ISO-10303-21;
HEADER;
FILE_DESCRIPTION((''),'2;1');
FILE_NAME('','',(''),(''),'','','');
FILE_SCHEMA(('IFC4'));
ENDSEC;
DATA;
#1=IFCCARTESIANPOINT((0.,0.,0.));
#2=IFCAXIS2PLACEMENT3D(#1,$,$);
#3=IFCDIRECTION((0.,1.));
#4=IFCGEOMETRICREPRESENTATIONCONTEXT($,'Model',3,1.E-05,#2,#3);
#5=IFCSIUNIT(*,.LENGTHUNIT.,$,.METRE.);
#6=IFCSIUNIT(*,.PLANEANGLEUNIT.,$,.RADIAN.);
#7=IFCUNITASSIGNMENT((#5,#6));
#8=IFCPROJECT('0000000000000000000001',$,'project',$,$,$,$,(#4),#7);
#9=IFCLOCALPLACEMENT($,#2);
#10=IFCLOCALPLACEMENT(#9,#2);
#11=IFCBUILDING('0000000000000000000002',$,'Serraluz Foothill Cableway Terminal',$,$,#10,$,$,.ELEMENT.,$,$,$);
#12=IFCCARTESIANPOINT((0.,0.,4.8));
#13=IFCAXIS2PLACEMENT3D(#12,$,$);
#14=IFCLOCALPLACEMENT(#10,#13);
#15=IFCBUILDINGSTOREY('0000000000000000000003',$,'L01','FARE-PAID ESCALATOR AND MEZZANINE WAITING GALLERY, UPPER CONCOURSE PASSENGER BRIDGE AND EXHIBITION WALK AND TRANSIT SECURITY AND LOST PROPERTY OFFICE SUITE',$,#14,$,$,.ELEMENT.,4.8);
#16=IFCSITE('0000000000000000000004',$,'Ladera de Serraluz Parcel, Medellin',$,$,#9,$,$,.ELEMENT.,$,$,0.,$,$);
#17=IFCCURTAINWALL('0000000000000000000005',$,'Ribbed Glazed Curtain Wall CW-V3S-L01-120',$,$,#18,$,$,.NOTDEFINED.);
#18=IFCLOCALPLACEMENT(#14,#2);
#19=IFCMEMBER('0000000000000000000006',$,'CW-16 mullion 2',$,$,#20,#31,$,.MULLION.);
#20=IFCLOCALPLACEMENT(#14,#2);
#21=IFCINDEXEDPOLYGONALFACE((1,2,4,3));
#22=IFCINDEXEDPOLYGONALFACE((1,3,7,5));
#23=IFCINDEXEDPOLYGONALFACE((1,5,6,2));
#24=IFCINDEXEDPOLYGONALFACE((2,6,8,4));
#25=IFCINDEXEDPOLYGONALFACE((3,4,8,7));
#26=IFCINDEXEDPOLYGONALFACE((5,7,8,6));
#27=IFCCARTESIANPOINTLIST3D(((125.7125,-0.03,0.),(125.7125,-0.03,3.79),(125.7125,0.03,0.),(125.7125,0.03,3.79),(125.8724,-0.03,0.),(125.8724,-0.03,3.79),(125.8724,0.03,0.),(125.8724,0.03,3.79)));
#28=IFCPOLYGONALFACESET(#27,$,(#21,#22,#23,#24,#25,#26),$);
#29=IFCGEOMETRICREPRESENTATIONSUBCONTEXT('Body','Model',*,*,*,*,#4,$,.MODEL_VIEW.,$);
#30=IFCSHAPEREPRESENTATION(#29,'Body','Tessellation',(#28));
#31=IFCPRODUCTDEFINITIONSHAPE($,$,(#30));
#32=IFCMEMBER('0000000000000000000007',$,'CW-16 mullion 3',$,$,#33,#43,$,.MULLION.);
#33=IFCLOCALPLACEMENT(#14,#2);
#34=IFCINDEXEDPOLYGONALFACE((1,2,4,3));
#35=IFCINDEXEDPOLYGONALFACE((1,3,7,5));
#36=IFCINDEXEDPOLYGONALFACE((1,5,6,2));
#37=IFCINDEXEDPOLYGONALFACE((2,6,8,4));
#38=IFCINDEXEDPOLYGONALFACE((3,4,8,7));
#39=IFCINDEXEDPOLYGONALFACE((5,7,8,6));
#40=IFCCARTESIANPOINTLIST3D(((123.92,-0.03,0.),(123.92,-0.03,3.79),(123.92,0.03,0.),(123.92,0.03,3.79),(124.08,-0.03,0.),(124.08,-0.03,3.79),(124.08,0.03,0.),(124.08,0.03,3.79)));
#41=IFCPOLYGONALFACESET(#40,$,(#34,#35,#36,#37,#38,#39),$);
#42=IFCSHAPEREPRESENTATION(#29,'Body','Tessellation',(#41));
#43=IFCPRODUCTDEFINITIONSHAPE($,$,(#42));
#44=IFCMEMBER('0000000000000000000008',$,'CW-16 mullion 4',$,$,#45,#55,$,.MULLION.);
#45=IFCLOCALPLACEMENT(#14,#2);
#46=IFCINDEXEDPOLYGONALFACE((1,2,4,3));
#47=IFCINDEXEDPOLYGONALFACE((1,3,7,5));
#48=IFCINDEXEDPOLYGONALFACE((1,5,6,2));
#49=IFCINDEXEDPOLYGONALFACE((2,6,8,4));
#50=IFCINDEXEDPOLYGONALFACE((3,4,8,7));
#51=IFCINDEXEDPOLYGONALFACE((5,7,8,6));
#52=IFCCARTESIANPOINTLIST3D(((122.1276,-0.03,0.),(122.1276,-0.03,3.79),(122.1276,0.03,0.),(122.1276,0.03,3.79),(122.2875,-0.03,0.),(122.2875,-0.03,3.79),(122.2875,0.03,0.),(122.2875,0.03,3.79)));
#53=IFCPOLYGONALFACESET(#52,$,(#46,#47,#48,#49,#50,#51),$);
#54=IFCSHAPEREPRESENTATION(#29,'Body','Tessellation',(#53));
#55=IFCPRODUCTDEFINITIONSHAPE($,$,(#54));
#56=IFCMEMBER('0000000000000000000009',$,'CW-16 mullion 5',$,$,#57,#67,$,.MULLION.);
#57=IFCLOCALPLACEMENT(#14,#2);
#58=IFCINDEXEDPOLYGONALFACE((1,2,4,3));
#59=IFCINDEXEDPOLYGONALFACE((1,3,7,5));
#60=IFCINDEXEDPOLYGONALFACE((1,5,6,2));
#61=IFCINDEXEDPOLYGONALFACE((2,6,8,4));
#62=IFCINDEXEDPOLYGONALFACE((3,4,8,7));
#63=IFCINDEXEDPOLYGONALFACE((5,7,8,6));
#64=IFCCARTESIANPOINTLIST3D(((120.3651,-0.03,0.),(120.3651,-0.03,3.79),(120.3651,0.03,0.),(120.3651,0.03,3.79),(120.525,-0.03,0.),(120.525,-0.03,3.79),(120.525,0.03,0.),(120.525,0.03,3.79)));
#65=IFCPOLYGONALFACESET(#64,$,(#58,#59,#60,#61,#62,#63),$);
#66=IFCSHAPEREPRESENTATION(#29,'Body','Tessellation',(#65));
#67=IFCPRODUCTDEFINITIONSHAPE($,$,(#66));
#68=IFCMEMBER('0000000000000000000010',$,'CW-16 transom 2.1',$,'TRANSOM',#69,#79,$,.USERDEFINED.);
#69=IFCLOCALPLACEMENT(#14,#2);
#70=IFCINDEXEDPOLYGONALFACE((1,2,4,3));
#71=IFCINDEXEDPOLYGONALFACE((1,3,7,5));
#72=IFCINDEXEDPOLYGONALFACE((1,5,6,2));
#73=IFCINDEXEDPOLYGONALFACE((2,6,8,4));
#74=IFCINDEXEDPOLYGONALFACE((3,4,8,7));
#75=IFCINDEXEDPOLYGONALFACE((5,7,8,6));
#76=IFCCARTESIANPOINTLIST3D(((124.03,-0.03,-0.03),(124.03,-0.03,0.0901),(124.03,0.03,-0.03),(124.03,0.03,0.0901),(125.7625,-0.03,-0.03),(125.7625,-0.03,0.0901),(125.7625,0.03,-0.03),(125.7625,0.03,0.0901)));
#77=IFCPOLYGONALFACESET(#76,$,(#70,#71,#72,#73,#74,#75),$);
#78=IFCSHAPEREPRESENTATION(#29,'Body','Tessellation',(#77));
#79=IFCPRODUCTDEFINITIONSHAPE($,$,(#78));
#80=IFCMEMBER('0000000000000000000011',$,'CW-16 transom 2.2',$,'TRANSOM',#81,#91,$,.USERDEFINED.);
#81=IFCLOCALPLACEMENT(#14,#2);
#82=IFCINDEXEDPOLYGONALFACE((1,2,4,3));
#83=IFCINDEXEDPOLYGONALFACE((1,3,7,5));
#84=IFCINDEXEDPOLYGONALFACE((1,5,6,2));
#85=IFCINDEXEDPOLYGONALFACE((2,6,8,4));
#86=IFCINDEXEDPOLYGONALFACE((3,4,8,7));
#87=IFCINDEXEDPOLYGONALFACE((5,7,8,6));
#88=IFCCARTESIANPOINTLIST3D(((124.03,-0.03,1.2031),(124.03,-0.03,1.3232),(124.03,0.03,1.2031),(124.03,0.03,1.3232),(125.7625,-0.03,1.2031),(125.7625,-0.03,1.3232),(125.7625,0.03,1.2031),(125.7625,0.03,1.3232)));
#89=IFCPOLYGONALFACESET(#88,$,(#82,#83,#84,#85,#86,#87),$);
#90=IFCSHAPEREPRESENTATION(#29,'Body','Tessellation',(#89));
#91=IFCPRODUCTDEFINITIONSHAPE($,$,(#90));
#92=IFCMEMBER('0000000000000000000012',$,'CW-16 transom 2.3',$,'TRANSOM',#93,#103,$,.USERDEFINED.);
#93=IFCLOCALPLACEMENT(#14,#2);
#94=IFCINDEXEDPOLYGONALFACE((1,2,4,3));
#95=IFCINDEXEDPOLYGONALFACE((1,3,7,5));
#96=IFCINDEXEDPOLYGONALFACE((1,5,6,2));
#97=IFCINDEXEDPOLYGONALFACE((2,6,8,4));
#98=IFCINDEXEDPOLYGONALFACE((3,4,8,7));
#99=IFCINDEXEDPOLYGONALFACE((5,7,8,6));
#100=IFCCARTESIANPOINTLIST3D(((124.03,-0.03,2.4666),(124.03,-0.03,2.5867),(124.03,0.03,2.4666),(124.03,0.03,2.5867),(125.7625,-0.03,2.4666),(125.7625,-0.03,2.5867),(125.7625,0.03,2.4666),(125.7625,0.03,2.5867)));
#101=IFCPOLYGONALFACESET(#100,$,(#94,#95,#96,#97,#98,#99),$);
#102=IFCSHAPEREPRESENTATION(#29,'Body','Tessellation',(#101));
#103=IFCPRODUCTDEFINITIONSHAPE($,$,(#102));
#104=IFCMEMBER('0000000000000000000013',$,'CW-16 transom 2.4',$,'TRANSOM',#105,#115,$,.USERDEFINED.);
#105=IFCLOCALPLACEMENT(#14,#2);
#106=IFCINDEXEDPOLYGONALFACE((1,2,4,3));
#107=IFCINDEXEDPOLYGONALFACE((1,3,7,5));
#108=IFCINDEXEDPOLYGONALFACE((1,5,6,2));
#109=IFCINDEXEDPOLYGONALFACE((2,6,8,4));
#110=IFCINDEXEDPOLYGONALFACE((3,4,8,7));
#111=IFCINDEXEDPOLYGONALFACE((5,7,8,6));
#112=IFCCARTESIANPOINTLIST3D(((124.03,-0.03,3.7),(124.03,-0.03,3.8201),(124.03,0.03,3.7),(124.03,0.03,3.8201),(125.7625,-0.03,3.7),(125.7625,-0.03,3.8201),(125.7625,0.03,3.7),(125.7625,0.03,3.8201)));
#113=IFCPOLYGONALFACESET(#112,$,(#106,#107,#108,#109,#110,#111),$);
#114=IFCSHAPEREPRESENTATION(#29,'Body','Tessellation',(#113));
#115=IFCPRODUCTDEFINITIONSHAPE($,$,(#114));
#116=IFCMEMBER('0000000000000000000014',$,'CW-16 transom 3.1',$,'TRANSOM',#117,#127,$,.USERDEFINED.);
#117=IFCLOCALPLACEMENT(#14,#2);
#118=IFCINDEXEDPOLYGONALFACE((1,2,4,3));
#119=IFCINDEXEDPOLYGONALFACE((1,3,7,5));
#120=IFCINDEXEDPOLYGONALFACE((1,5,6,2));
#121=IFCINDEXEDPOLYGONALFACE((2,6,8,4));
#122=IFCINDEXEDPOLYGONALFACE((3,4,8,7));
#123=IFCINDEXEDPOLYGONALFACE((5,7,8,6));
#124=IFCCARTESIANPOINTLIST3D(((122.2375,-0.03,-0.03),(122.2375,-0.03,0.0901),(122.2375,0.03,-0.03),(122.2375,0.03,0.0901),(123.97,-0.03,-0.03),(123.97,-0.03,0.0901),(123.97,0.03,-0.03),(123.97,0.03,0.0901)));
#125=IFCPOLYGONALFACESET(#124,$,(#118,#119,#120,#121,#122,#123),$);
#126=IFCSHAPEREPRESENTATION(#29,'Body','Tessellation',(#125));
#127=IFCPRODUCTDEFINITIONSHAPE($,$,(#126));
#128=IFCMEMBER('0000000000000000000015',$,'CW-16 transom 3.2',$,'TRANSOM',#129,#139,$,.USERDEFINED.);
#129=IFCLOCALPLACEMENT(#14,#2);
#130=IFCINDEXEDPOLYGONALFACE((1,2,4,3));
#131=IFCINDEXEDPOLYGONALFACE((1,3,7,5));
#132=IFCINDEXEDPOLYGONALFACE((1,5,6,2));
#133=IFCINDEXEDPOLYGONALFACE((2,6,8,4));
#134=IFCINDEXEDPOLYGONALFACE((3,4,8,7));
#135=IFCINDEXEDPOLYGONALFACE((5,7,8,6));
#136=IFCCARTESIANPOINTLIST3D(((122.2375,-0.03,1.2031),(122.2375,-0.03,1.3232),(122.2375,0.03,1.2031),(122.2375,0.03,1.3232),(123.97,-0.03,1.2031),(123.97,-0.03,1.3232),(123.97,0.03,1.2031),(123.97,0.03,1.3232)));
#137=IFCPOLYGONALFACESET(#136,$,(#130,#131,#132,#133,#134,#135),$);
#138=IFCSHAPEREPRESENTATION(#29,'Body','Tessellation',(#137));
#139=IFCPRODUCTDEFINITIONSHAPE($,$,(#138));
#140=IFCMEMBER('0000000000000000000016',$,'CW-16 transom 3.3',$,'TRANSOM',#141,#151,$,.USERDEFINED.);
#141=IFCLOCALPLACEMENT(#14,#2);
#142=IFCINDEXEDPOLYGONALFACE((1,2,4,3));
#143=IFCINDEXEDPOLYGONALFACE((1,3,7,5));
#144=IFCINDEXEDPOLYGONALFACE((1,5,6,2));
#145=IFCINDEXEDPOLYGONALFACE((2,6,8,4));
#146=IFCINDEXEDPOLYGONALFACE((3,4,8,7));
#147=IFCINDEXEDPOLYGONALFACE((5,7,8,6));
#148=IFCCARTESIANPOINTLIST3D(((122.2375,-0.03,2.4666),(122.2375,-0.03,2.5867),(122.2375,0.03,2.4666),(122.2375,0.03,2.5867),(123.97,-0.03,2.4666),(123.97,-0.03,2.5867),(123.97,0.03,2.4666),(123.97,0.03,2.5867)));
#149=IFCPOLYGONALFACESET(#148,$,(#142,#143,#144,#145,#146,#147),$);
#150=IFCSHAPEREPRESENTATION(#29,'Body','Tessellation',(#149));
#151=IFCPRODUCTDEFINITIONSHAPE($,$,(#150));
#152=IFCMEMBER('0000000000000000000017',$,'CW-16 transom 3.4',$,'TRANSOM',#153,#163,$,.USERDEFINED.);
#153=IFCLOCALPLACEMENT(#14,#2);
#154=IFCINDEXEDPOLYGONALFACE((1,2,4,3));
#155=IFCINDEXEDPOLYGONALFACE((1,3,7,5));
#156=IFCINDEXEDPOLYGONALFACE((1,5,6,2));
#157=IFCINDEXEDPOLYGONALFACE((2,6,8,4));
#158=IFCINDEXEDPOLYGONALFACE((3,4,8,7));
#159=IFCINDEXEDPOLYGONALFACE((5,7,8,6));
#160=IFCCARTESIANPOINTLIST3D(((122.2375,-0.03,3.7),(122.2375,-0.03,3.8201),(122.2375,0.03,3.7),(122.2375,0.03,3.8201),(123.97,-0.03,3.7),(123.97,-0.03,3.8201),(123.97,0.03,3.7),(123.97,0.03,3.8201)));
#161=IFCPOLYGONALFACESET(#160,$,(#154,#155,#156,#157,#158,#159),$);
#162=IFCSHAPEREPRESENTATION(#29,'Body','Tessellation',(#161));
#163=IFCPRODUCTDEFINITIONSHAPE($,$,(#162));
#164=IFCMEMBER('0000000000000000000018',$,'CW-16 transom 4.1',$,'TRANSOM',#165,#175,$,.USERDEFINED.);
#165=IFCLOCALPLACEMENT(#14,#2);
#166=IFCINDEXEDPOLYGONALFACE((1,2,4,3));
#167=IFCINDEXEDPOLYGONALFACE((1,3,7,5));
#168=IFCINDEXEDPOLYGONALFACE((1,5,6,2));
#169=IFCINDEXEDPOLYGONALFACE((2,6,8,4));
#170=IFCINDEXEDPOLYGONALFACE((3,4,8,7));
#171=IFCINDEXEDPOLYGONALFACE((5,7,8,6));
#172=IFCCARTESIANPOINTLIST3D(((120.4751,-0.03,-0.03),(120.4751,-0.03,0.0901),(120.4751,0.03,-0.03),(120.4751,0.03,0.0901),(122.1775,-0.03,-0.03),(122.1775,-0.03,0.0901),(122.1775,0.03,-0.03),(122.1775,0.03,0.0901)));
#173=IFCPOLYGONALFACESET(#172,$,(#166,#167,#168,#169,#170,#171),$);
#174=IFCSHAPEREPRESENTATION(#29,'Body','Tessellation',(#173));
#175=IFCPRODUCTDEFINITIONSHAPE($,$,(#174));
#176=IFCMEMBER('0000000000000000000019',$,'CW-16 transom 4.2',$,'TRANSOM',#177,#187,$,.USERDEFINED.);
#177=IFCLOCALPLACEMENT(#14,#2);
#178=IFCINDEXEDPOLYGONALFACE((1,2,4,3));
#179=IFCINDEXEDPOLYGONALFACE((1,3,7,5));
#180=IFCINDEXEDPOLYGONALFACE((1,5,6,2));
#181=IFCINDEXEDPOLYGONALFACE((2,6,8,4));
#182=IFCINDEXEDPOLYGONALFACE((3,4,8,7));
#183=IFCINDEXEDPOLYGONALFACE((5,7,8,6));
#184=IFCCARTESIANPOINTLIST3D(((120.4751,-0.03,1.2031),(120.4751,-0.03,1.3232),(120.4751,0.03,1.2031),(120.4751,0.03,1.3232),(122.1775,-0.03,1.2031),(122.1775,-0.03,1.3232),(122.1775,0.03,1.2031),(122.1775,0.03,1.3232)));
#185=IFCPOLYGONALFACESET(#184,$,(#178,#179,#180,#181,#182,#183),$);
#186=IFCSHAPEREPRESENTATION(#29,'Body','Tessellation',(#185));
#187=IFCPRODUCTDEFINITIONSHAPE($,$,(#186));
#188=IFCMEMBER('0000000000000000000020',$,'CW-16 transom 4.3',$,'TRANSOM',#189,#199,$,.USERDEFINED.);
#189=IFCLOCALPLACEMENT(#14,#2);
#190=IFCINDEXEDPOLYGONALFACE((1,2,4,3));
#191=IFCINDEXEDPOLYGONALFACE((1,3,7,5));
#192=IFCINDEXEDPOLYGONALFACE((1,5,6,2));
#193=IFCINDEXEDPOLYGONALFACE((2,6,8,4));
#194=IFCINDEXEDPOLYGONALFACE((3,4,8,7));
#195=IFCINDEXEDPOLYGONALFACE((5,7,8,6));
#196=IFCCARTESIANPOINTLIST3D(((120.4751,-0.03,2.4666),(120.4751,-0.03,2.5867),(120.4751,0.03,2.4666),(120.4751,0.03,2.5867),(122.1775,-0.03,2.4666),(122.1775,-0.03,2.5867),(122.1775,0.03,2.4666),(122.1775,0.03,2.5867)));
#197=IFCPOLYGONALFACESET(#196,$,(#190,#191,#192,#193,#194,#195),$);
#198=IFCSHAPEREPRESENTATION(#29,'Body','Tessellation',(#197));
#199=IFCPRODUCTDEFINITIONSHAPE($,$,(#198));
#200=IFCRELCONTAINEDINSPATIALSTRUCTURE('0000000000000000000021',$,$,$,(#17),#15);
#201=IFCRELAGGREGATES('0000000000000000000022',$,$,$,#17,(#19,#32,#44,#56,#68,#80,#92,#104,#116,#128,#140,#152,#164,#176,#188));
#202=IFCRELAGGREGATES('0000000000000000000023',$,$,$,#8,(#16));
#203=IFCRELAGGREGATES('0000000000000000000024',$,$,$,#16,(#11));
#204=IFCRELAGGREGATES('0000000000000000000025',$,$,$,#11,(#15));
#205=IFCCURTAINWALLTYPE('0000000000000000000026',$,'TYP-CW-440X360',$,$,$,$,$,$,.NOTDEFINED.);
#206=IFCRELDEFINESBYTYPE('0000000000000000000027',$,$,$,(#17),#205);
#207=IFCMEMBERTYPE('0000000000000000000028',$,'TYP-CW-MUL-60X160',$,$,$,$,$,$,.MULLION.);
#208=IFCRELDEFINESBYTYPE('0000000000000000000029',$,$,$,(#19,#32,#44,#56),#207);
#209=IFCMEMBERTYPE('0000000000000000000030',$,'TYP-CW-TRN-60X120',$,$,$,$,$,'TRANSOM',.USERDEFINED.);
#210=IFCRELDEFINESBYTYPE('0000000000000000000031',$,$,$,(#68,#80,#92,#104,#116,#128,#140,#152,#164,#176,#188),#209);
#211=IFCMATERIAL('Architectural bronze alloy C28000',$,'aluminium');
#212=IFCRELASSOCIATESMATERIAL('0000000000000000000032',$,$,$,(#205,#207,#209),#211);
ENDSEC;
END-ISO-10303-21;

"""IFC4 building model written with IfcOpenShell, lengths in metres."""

from ifc_helpers import new_model, si_unit, direction, frame, origin, origin_2d, place, context, subcontext, project, spatial, rectangle, extrude, material, material_profile, profile_set, type_object, element, aggregate, save


model = new_model("IFC4")

# Units and contexts
model_context = context("Model", 3, precision=1e-05, world=origin(), true_north=direction((0.0, 1.0)))
body_context = subcontext(model_context, "Body", "Model", "MODEL_VIEW")
ifc_project = project(units=[si_unit("LENGTHUNIT", "METRE"), si_unit("PLANEANGLEUNIT", "RADIAN")], contexts=[model_context])

# Site, building, storey
site_placement = place(None, origin())
site = spatial("IfcSite", under=ifc_project, at=site_placement, Name="Ladera de Serraluz Parcel, Medellin", CompositionType="ELEMENT", RefElevation=0.0)
building_placement = place(site_placement, origin())
building = spatial("IfcBuilding", under=site, at=building_placement, Name="Serraluz Foothill Cableway Terminal", CompositionType="ELEMENT")
storey_placement = place(building_placement, frame((0.0, 0.0, 4.8)))
storey = spatial("IfcBuildingStorey", under=building, at=storey_placement, Name="L01", Description="FARE-PAID ESCALATOR AND MEZZANINE WAITING GALLERY, UPPER CONCOURSE PASSENGER BRIDGE AND EXHIBITION WALK AND TRANSIT SECURITY AND LOST PROPERTY OFFICE SUITE", CompositionType="ELEMENT", Elevation=4.8)

# Curtain wall, members
ifc_material_1 = material(Name="Architectural bronze alloy C28000", Category="aluminium")
curtain_wall_type = type_object("IfcCurtainWallType", Name="TYP-CW-440X360", PredefinedType="NOTDEFINED", material=ifc_material_1)
curtain_wall_placement = place(storey_placement, origin())
curtain_wall = element("IfcCurtainWall", 1, at=curtain_wall_placement, inside=storey, type_object=curtain_wall_type, Name="Ribbed Glazed Curtain Wall CW-V3S-L01-120", PredefinedType="NOTDEFINED")
ifc_material_profile_1 = material_profile(ifc_material_1, rectangle(XDim=0.0601, YDim=0.1599, at=origin_2d()), Name="ALU MULLION 60x160")
ifc_profile_set_1 = profile_set([ifc_material_profile_1], Name="Architectural bronze alloy C28000")
member_type_1 = type_object("IfcMemberType", Name="TYP-CW-MUL-60X160", PredefinedType="MULLION", material=ifc_profile_set_1)
member_1_placement = place(storey_placement, frame((125.7925, 0.0, 0.0), z_axis=(0.0, 0.0, 1.0), x_axis=(0.0, -1.0, 0.0)))
member_1 = element("IfcMember", 2, at=member_1_placement, type_object=member_type_1, Name="CW-16 mullion 2", PredefinedType="MULLION", context=body_context, shape_type="SweptSolid", body=[
    extrude(rectangle(XDim=0.0601, YDim=0.1599, at=origin_2d()), origin(), (0.0, 0.0, 1.0), 3.79),
])
member_2_placement = place(storey_placement, frame((124.0, 0.0, 0.0), z_axis=(0.0, 0.0, 1.0), x_axis=(0.0, -1.0, 0.0)))
member_2 = element("IfcMember", 3, at=member_2_placement, type_object=member_type_1, Name="CW-16 mullion 3", PredefinedType="MULLION", context=body_context, shape_type="SweptSolid", body=[
    extrude(rectangle(XDim=0.0601, YDim=0.1599, at=origin_2d()), origin(), (0.0, 0.0, 1.0), 3.79),
])
member_3_placement = place(storey_placement, frame((122.2075, 0.0, 0.0), z_axis=(0.0, 0.0, 1.0), x_axis=(0.0, -1.0, 0.0)))
member_3 = element("IfcMember", 4, at=member_3_placement, type_object=member_type_1, Name="CW-16 mullion 4", PredefinedType="MULLION", context=body_context, shape_type="SweptSolid", body=[
    extrude(rectangle(XDim=0.0601, YDim=0.1599, at=origin_2d()), origin(), (0.0, 0.0, 1.0), 3.79),
])
member_4_placement = place(storey_placement, frame((120.4451, 0.0, 0.0), z_axis=(0.0, 0.0, 1.0), x_axis=(0.0, -1.0, 0.0)))
member_4 = element("IfcMember", 5, at=member_4_placement, type_object=member_type_1, Name="CW-16 mullion 5", PredefinedType="MULLION", context=body_context, shape_type="SweptSolid", body=[
    extrude(rectangle(XDim=0.0601, YDim=0.1599, at=origin_2d()), origin(), (0.0, 0.0, 1.0), 3.79),
])
ifc_material_profile_2 = material_profile(ifc_material_1, rectangle(XDim=0.0601, YDim=0.1201, at=origin_2d()), Name="ALU TRANSOM 60x120")
ifc_profile_set_2 = profile_set([ifc_material_profile_2], Name="Architectural bronze alloy C28000")
member_type_2 = type_object("IfcMemberType", Name="TYP-CW-TRN-60X120", ElementType="TRANSOM", PredefinedType="USERDEFINED", material=ifc_profile_set_2)
member_5_placement = place(storey_placement, frame((125.7625, 0.0, 0.03), z_axis=(-1.0, 0.0, 0.0), x_axis=(0.0, -1.0, 0.0)))
member_5 = element("IfcMember", 6, at=member_5_placement, type_object=member_type_2, Name="CW-16 transom 2.1", ObjectType="TRANSOM", PredefinedType="USERDEFINED", context=body_context, shape_type="SweptSolid", body=[
    extrude(rectangle(XDim=0.0601, YDim=0.1201, at=origin_2d()), origin(), (0.0, 0.0, 1.0), 1.7324),
])
member_6_placement = place(storey_placement, frame((125.7625, 0.0, 1.2632), z_axis=(-1.0, 0.0, 0.0), x_axis=(0.0, -1.0, 0.0)))
member_6 = element("IfcMember", 7, at=member_6_placement, type_object=member_type_2, Name="CW-16 transom 2.2", ObjectType="TRANSOM", PredefinedType="USERDEFINED", context=body_context, shape_type="SweptSolid", body=[
    extrude(rectangle(XDim=0.0601, YDim=0.1201, at=origin_2d()), origin(), (0.0, 0.0, 1.0), 1.7324),
])
member_7_placement = place(storey_placement, frame((125.7625, 0.0, 2.5266), z_axis=(-1.0, 0.0, 0.0), x_axis=(0.0, -1.0, 0.0)))
member_7 = element("IfcMember", 8, at=member_7_placement, type_object=member_type_2, Name="CW-16 transom 2.3", ObjectType="TRANSOM", PredefinedType="USERDEFINED", context=body_context, shape_type="SweptSolid", body=[
    extrude(rectangle(XDim=0.0601, YDim=0.1201, at=origin_2d()), origin(), (0.0, 0.0, 1.0), 1.7324),
])
member_8_placement = place(storey_placement, frame((125.7625, 0.0, 3.76), z_axis=(-1.0, 0.0, 0.0), x_axis=(0.0, -1.0, 0.0)))
member_8 = element("IfcMember", 9, at=member_8_placement, type_object=member_type_2, Name="CW-16 transom 2.4", ObjectType="TRANSOM", PredefinedType="USERDEFINED", context=body_context, shape_type="SweptSolid", body=[
    extrude(rectangle(XDim=0.0601, YDim=0.1201, at=origin_2d()), origin(), (0.0, 0.0, 1.0), 1.7324),
])
member_9_placement = place(storey_placement, frame((123.97, 0.0, 0.03), z_axis=(-1.0, 0.0, 0.0), x_axis=(0.0, -1.0, 0.0)))
member_9 = element("IfcMember", 10, at=member_9_placement, type_object=member_type_2, Name="CW-16 transom 3.1", ObjectType="TRANSOM", PredefinedType="USERDEFINED", context=body_context, shape_type="SweptSolid", body=[
    extrude(rectangle(XDim=0.0601, YDim=0.1201, at=origin_2d()), origin(), (0.0, 0.0, 1.0), 1.7324),
])
member_10_placement = place(storey_placement, frame((123.97, 0.0, 1.2632), z_axis=(-1.0, 0.0, 0.0), x_axis=(0.0, -1.0, 0.0)))
member_10 = element("IfcMember", 11, at=member_10_placement, type_object=member_type_2, Name="CW-16 transom 3.2", ObjectType="TRANSOM", PredefinedType="USERDEFINED", context=body_context, shape_type="SweptSolid", body=[
    extrude(rectangle(XDim=0.0601, YDim=0.1201, at=origin_2d()), origin(), (0.0, 0.0, 1.0), 1.7324),
])
member_11_placement = place(storey_placement, frame((123.97, 0.0, 2.5266), z_axis=(-1.0, 0.0, 0.0), x_axis=(0.0, -1.0, 0.0)))
member_11 = element("IfcMember", 12, at=member_11_placement, type_object=member_type_2, Name="CW-16 transom 3.3", ObjectType="TRANSOM", PredefinedType="USERDEFINED", context=body_context, shape_type="SweptSolid", body=[
    extrude(rectangle(XDim=0.0601, YDim=0.1201, at=origin_2d()), origin(), (0.0, 0.0, 1.0), 1.7324),
])
member_12_placement = place(storey_placement, frame((123.97, 0.0, 3.76), z_axis=(-1.0, 0.0, 0.0), x_axis=(0.0, -1.0, 0.0)))
member_12 = element("IfcMember", 13, at=member_12_placement, type_object=member_type_2, Name="CW-16 transom 3.4", ObjectType="TRANSOM", PredefinedType="USERDEFINED", context=body_context, shape_type="SweptSolid", body=[
    extrude(rectangle(XDim=0.0601, YDim=0.1201, at=origin_2d()), origin(), (0.0, 0.0, 1.0), 1.7324),
])
member_13_placement = place(storey_placement, frame((122.1775, 0.0, 0.03), z_axis=(-1.0, 0.0, 0.0), x_axis=(0.0, -1.0, 0.0)))
member_13 = element("IfcMember", 14, at=member_13_placement, type_object=member_type_2, Name="CW-16 transom 4.1", ObjectType="TRANSOM", PredefinedType="USERDEFINED", context=body_context, shape_type="SweptSolid", body=[
    extrude(rectangle(XDim=0.0601, YDim=0.1201, at=origin_2d()), origin(), (0.0, 0.0, 1.0), 1.7024),
])
member_14_placement = place(storey_placement, frame((122.1775, 0.0, 1.2632), z_axis=(-1.0, 0.0, 0.0), x_axis=(0.0, -1.0, 0.0)))
member_14 = element("IfcMember", 15, at=member_14_placement, type_object=member_type_2, Name="CW-16 transom 4.2", ObjectType="TRANSOM", PredefinedType="USERDEFINED", context=body_context, shape_type="SweptSolid", body=[
    extrude(rectangle(XDim=0.0601, YDim=0.1201, at=origin_2d()), origin(), (0.0, 0.0, 1.0), 1.7024),
])
member_15_placement = place(storey_placement, frame((122.1775, 0.0, 2.5266), z_axis=(-1.0, 0.0, 0.0), x_axis=(0.0, -1.0, 0.0)))
member_15 = element("IfcMember", 16, at=member_15_placement, type_object=member_type_2, Name="CW-16 transom 4.3", ObjectType="TRANSOM", PredefinedType="USERDEFINED", context=body_context, shape_type="SweptSolid", body=[
    extrude(rectangle(XDim=0.0601, YDim=0.1201, at=origin_2d()), origin(), (0.0, 0.0, 1.0), 1.7024),
])

aggregate(curtain_wall, [member_1, member_2, member_3, member_4, member_5, member_6, member_7, member_8, member_9, member_10, member_11, member_12, member_13, member_14, member_15])

save(model, "model.ifc")
